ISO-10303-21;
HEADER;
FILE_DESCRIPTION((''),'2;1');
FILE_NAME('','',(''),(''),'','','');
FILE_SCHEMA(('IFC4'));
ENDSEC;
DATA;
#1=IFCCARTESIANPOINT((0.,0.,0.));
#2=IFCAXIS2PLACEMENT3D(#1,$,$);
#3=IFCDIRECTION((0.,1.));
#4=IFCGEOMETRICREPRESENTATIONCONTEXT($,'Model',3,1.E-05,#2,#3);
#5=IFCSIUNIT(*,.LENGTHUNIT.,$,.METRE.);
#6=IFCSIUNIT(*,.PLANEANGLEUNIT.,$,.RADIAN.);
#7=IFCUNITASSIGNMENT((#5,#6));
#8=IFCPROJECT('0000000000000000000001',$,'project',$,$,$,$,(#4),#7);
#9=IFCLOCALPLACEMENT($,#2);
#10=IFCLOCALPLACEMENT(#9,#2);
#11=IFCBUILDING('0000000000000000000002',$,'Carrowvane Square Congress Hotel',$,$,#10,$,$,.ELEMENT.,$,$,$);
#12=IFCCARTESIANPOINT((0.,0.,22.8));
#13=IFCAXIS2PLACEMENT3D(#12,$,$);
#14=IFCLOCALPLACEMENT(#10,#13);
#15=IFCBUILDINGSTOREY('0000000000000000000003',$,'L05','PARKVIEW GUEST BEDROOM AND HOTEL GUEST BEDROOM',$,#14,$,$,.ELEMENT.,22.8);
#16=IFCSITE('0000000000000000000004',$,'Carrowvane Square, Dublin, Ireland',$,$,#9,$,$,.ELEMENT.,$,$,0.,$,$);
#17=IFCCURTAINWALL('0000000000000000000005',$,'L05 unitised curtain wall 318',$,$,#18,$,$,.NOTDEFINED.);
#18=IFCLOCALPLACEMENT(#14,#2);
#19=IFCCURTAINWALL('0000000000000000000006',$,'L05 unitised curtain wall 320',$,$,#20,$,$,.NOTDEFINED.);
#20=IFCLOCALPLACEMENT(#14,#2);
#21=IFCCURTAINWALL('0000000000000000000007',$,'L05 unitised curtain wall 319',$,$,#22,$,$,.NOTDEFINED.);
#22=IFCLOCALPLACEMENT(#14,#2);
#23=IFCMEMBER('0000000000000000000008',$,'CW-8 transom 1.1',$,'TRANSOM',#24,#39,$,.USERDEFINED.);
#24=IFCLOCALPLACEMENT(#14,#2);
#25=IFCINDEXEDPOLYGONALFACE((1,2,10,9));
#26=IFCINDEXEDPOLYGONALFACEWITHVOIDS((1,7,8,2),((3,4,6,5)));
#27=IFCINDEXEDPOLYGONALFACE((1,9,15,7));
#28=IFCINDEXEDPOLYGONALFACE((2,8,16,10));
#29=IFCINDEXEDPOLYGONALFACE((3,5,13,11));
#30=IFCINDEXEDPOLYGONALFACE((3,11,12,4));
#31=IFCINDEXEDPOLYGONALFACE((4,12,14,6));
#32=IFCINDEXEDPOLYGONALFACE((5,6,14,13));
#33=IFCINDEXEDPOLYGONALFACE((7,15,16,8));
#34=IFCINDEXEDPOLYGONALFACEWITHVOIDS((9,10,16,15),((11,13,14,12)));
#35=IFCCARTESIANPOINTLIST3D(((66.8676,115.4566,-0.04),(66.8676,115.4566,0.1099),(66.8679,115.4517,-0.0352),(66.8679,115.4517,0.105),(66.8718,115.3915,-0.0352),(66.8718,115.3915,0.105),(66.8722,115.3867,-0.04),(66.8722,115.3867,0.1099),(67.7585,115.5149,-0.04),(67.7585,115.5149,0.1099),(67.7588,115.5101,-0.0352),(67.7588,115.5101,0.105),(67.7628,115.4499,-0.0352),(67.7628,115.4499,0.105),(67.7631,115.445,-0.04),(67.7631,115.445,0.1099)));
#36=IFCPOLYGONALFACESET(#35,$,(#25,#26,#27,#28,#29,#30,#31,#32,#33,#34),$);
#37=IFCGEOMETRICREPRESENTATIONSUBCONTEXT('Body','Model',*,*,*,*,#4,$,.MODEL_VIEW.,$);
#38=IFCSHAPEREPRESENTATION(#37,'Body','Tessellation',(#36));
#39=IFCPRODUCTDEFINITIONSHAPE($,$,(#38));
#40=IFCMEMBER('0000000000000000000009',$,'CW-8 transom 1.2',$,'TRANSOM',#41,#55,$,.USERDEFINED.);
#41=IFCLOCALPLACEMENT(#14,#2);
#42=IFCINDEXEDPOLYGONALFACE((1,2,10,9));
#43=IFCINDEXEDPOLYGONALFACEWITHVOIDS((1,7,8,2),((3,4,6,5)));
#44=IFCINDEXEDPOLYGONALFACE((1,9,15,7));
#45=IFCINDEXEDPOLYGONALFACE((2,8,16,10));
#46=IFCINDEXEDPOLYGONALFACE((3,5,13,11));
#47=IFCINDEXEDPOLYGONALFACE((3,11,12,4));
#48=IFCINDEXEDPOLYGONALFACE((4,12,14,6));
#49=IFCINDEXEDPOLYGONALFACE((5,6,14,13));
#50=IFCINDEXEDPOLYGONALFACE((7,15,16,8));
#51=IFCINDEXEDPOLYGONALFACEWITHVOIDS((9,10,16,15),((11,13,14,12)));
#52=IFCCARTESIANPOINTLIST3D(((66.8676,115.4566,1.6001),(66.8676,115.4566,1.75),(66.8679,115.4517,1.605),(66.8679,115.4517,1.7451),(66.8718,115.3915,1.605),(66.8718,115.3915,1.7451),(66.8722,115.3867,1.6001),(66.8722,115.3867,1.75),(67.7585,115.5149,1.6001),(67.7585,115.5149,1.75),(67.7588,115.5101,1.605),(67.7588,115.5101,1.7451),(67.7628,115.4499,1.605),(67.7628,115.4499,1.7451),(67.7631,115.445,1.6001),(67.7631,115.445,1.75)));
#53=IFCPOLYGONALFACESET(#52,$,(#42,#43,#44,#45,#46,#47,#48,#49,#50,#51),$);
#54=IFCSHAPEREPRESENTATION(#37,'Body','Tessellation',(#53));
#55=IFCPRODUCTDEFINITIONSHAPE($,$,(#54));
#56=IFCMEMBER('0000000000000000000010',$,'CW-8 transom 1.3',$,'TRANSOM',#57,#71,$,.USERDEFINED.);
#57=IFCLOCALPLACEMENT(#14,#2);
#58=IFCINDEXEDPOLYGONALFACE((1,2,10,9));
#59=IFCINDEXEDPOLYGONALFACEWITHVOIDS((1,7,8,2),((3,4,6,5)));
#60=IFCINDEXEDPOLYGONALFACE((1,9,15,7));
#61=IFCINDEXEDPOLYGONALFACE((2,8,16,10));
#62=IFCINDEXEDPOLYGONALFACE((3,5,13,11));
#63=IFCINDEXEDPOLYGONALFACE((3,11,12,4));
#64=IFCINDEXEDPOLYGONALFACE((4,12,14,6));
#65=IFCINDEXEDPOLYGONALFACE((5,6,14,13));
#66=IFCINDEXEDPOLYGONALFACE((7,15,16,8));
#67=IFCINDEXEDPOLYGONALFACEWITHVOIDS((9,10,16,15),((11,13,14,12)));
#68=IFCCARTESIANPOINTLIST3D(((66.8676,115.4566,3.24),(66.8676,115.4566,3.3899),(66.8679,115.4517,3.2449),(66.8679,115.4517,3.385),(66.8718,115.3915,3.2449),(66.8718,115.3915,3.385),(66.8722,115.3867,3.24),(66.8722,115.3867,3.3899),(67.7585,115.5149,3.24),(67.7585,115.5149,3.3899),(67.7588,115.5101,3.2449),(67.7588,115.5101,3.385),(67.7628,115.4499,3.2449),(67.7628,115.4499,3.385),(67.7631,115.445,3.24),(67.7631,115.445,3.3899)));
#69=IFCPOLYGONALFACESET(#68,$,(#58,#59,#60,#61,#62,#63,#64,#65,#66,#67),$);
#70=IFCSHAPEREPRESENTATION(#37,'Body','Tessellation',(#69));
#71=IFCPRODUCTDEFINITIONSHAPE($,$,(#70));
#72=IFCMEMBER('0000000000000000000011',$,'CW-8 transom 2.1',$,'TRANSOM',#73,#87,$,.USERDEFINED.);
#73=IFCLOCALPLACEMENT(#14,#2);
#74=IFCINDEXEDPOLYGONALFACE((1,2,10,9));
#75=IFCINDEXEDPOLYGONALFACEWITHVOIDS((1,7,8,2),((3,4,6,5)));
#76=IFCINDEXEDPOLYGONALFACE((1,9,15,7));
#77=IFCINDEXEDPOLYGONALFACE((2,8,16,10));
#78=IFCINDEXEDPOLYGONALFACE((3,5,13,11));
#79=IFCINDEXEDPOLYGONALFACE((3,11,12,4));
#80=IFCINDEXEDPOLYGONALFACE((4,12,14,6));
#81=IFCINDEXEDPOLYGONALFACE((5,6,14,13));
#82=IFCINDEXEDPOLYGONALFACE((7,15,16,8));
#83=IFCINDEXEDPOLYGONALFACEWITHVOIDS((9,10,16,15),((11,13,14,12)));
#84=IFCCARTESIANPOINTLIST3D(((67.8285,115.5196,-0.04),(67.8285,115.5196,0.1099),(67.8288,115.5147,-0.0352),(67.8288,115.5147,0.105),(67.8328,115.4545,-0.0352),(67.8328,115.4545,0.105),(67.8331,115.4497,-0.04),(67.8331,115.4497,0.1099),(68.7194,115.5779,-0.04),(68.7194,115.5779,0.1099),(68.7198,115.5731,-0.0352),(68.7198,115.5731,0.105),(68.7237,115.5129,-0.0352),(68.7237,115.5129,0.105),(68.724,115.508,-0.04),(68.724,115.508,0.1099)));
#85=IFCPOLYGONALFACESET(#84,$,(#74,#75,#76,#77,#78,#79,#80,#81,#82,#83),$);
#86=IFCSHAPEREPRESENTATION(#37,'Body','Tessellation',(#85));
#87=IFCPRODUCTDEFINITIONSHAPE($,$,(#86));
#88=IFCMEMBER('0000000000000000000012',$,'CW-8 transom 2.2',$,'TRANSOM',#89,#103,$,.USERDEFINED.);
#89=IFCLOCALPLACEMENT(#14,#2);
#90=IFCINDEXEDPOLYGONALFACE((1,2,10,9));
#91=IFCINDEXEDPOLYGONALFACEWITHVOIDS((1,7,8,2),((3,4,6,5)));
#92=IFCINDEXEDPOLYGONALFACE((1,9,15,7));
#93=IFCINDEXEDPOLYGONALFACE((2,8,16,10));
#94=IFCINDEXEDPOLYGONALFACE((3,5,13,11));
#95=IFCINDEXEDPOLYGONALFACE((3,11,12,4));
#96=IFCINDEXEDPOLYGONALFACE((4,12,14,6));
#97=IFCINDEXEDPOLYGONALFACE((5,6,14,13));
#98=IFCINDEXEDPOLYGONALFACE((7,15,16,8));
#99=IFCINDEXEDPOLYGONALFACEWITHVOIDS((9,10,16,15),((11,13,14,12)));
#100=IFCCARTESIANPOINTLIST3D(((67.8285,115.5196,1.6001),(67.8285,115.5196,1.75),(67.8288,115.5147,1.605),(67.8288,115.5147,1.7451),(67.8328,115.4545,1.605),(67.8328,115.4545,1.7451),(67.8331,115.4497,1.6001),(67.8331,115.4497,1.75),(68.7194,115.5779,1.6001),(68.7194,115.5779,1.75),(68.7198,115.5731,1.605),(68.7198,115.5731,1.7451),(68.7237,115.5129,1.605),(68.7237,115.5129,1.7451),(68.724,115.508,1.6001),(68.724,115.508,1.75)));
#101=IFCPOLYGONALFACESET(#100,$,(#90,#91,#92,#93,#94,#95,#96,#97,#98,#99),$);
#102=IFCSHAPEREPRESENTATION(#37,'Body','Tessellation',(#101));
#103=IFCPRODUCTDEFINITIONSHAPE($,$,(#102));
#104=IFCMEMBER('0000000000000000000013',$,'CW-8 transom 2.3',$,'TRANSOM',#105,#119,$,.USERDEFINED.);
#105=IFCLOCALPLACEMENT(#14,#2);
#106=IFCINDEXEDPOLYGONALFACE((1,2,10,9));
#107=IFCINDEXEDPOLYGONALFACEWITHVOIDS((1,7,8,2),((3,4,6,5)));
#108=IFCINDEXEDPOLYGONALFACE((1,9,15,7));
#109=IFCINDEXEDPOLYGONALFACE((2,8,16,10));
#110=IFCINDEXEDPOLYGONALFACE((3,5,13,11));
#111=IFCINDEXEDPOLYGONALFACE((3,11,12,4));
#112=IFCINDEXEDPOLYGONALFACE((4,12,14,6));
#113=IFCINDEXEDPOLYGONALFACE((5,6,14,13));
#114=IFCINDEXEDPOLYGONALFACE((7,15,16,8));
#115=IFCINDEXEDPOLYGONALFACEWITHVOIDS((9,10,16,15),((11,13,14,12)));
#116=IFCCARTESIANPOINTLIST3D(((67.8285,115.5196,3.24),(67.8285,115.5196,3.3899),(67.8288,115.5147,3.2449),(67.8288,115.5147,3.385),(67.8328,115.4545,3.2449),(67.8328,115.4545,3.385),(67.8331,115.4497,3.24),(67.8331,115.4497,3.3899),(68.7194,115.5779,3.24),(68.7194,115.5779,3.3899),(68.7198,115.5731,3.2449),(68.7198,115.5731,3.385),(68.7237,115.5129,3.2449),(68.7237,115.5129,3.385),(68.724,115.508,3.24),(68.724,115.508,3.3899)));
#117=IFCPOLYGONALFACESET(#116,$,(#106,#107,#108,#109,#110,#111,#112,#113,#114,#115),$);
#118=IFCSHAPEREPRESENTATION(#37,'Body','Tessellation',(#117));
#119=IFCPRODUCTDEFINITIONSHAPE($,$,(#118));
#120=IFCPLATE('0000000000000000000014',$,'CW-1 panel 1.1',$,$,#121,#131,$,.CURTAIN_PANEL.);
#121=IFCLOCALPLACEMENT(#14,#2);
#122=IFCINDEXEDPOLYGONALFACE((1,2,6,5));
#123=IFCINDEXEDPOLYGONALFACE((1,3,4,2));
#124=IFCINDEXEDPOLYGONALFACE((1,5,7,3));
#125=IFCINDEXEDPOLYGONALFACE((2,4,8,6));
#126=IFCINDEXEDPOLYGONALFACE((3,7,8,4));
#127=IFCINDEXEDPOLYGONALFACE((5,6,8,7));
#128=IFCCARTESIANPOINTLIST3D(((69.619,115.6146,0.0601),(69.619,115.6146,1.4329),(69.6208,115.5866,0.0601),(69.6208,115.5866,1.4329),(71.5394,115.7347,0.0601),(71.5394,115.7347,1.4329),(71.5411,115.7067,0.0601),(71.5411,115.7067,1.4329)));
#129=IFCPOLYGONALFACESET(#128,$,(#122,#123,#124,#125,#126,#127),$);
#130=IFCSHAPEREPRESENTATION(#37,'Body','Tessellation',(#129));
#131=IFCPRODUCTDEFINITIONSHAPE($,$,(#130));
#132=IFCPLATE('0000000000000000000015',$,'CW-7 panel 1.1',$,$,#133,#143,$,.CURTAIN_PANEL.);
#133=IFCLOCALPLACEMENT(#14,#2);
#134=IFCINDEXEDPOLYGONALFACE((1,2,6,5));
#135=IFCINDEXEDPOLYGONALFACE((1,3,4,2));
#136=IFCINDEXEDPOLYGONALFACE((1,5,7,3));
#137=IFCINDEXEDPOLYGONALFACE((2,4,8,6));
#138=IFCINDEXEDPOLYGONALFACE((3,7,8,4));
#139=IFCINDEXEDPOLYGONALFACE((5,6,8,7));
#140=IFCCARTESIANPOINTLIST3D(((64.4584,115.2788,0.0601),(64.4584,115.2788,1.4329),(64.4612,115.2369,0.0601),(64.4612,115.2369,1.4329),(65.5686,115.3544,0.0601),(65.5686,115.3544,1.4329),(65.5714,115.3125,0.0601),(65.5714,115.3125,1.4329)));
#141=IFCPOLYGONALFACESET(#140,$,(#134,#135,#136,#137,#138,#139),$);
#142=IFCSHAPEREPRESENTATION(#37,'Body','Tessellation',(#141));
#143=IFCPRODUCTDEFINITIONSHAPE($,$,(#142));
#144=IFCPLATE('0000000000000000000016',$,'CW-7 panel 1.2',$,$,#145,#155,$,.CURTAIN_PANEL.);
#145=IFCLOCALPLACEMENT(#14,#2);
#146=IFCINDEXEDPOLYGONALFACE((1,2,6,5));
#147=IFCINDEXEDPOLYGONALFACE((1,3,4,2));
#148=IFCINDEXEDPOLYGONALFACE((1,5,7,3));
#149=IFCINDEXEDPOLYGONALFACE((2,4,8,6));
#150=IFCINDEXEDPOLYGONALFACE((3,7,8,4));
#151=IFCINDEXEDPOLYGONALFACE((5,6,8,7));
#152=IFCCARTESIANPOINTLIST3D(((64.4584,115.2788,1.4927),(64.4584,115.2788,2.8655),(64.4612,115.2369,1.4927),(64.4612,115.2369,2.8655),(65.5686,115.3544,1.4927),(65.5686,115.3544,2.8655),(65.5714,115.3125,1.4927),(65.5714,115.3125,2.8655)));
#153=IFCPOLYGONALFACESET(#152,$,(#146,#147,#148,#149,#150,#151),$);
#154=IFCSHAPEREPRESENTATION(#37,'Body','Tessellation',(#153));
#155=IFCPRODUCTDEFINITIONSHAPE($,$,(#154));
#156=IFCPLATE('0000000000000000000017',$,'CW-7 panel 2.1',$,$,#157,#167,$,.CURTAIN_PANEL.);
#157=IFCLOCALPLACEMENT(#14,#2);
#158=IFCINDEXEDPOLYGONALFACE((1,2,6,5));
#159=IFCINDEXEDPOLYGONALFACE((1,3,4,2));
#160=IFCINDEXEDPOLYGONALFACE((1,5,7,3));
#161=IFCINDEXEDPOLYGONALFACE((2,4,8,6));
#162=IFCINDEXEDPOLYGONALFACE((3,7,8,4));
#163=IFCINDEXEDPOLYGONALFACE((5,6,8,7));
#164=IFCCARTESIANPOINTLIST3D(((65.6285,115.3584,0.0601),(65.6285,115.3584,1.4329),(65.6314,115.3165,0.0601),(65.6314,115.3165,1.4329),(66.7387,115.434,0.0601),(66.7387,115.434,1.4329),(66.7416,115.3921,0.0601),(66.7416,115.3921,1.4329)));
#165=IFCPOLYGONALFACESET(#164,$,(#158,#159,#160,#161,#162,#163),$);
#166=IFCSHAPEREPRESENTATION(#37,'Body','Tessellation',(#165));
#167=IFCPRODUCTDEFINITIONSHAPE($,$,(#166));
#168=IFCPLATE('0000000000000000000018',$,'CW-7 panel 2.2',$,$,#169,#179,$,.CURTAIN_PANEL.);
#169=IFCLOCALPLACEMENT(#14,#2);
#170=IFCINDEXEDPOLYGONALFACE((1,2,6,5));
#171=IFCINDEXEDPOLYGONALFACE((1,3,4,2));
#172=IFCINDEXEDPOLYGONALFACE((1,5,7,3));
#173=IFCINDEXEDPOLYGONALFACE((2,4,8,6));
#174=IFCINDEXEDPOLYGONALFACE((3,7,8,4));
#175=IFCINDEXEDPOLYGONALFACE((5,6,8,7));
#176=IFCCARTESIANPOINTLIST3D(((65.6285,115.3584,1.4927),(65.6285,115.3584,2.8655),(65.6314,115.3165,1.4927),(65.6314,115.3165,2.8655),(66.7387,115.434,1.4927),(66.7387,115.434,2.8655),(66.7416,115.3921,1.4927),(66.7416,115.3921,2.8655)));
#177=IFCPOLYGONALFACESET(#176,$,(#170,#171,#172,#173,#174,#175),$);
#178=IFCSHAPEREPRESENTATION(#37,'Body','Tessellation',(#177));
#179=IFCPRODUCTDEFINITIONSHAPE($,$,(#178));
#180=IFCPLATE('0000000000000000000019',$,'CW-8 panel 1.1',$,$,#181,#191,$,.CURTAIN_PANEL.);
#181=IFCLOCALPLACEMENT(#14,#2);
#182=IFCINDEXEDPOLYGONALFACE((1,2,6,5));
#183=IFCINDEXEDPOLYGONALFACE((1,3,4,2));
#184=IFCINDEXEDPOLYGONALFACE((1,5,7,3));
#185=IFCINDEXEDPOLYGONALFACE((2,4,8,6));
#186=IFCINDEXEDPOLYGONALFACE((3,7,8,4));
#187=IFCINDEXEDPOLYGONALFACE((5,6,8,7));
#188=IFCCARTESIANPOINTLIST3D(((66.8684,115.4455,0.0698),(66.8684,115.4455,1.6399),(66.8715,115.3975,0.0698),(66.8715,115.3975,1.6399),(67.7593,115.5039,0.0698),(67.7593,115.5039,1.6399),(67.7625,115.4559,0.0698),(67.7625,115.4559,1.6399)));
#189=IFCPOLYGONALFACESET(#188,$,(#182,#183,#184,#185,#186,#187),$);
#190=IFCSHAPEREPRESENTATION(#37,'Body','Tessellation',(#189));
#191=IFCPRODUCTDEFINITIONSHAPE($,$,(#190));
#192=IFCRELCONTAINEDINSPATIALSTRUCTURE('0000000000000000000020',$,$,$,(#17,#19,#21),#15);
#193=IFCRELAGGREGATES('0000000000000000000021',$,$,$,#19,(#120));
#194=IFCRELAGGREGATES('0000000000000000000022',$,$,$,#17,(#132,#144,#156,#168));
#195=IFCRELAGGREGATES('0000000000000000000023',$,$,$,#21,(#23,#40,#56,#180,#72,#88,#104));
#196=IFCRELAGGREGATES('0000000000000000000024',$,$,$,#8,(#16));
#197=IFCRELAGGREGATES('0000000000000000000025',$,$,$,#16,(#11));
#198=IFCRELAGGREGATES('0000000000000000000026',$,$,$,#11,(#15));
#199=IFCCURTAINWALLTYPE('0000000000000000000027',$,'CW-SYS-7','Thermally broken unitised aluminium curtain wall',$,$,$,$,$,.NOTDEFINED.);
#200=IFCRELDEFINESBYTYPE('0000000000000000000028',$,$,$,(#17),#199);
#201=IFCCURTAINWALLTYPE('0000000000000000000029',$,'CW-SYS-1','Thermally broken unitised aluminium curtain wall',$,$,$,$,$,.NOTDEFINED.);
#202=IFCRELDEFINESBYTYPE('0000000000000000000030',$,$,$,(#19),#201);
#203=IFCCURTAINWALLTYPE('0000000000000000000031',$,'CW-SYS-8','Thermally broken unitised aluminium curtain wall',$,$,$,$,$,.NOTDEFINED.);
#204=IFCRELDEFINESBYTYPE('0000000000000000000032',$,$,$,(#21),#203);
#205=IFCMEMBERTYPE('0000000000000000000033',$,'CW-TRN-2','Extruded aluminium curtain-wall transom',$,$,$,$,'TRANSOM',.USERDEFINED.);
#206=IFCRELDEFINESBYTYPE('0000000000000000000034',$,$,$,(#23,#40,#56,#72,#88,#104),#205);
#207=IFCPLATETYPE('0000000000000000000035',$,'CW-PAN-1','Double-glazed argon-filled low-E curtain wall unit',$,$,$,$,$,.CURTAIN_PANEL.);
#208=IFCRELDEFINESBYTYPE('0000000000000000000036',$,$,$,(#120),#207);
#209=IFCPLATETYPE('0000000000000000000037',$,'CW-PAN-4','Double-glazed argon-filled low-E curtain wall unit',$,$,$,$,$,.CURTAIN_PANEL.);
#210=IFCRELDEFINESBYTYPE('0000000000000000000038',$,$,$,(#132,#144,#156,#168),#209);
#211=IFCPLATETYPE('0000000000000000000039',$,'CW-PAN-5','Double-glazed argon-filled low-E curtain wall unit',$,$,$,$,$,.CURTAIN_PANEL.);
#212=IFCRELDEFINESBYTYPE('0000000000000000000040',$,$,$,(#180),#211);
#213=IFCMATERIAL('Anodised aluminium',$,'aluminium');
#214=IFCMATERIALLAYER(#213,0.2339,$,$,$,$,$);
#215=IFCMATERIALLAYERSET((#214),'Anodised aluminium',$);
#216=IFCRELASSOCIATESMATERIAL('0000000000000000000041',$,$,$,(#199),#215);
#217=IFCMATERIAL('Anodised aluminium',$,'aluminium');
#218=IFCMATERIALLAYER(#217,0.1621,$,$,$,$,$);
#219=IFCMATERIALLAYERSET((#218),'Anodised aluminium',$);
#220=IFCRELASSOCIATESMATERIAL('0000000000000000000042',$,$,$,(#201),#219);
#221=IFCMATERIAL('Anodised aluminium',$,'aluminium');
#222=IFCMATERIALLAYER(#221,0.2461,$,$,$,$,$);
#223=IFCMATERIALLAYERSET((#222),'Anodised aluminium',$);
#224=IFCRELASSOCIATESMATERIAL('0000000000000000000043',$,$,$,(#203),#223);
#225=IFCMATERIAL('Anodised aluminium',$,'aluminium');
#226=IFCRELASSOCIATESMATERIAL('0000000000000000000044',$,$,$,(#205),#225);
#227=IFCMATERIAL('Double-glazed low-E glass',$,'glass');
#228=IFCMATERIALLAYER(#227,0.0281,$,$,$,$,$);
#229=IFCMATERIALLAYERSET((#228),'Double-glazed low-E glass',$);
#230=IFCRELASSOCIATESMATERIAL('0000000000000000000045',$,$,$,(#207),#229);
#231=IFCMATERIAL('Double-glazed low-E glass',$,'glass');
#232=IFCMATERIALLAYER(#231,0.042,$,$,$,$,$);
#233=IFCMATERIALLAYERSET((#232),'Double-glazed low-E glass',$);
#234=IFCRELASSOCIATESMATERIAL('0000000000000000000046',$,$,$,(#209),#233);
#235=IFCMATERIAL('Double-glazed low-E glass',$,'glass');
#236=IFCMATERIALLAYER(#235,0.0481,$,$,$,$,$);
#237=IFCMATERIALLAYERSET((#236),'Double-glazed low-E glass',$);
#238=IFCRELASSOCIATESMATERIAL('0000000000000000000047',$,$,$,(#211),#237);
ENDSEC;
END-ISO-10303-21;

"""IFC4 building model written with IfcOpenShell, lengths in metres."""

from ifc_helpers import new_model, si_unit, direction, frame, origin, origin_2d, place, context, subcontext, project, spatial, rectangle, hollow_rectangle, extrude, material, layer, layer_set, material_profile, profile_set, type_object, element, aggregate, save


model = new_model("IFC4")

# Units and contexts
model_context = context("Model", 3, precision=1e-05, world=origin(), true_north=direction((0.0, 1.0)))
body_context = subcontext(model_context, "Body", "Model", "MODEL_VIEW")
ifc_project = project(units=[si_unit("LENGTHUNIT", "METRE"), si_unit("PLANEANGLEUNIT", "RADIAN")], contexts=[model_context])

# Site, building, storey
site_placement = place(None, origin())
site = spatial("IfcSite", under=ifc_project, at=site_placement, Name="Carrowvane Square, Dublin, Ireland", CompositionType="ELEMENT", RefElevation=0.0)
building_placement = place(site_placement, origin())
building = spatial("IfcBuilding", under=site, at=building_placement, Name="Carrowvane Square Congress Hotel", CompositionType="ELEMENT")
storey_placement = place(building_placement, frame((0.0, 0.0, 22.8)))
storey = spatial("IfcBuildingStorey", under=building, at=storey_placement, Name="L05", Description="PARKVIEW GUEST BEDROOM AND HOTEL GUEST BEDROOM", CompositionType="ELEMENT", Elevation=22.8)

# Curtain wall
ifc_material_1 = material(Name="Anodised aluminium", Category="aluminium")
ifc_layer_1 = layer(ifc_material_1, 0.2339)
ifc_layer_set_1 = layer_set([ifc_layer_1], Name="Anodised aluminium")
curtain_wall_type_1 = type_object("IfcCurtainWallType", Name="CW-SYS-7", Description="Thermally broken unitised aluminium curtain wall", PredefinedType="NOTDEFINED", material=ifc_layer_set_1)
curtain_wall_1_placement = place(storey_placement, origin())
curtain_wall_1 = element("IfcCurtainWall", 1, at=curtain_wall_1_placement, inside=storey, type_object=curtain_wall_type_1, Name="L05 unitised curtain wall 318", PredefinedType="NOTDEFINED")

# Curtain wall
ifc_material_2 = material(Name="Anodised aluminium", Category="aluminium")
ifc_layer_2 = layer(ifc_material_2, 0.1621)
ifc_layer_set_2 = layer_set([ifc_layer_2], Name="Anodised aluminium")
curtain_wall_type_2 = type_object("IfcCurtainWallType", Name="CW-SYS-1", Description="Thermally broken unitised aluminium curtain wall", PredefinedType="NOTDEFINED", material=ifc_layer_set_2)
curtain_wall_2_placement = place(storey_placement, origin())
curtain_wall_2 = element("IfcCurtainWall", 2, at=curtain_wall_2_placement, inside=storey, type_object=curtain_wall_type_2, Name="L05 unitised curtain wall 320", PredefinedType="NOTDEFINED")

# Curtain wall
ifc_material_3 = material(Name="Anodised aluminium", Category="aluminium")
ifc_layer_3 = layer(ifc_material_3, 0.2461)
ifc_layer_set_3 = layer_set([ifc_layer_3], Name="Anodised aluminium")
curtain_wall_type_3 = type_object("IfcCurtainWallType", Name="CW-SYS-8", Description="Thermally broken unitised aluminium curtain wall", PredefinedType="NOTDEFINED", material=ifc_layer_set_3)
curtain_wall_3_placement = place(storey_placement, origin())
curtain_wall_3 = element("IfcCurtainWall", 3, at=curtain_wall_3_placement, inside=storey, type_object=curtain_wall_type_3, Name="L05 unitised curtain wall 319", PredefinedType="NOTDEFINED")

# Members
ifc_material_4 = material(Name="Anodised aluminium", Category="aluminium")
ifc_material_profile_1 = material_profile(ifc_material_4, hollow_rectangle(XDim=0.0701, YDim=0.1499, WallThickness=0.0049, at=origin_2d()), Name="CW-TR 70x150x5")
ifc_profile_set_1 = profile_set([ifc_material_profile_1], Name="Anodised aluminium")
member_type_1 = type_object("IfcMemberType", Name="CW-TRN-2", Description="Extruded aluminium curtain-wall transom", ElementType="TRANSOM", PredefinedType="USERDEFINED", material=ifc_profile_set_1)
member_1_placement = place(storey_placement, frame((66.8699, 115.4216, 0.0349), z_axis=(0.997862, 0.065357, 0.0), x_axis=(-0.065357, 0.997862, 0.0)))
member_1 = element("IfcMember", 4, at=member_1_placement, type_object=member_type_1, Name="CW-8 transom 1.1", ObjectType="TRANSOM", PredefinedType="USERDEFINED", context=body_context, shape_type="SweptSolid", body=[
    extrude(hollow_rectangle(XDim=0.0701, YDim=0.1499, WallThickness=0.0049, at=origin_2d()), origin(), (0.0, 0.0, 1.0), 0.8928),
])
member_2_placement = place(storey_placement, frame((66.8699, 115.4216, 1.675), z_axis=(0.997862, 0.065357, 0.0), x_axis=(-0.065357, 0.997862, 0.0)))
member_2 = element("IfcMember", 5, at=member_2_placement, type_object=member_type_1, Name="CW-8 transom 1.2", ObjectType="TRANSOM", PredefinedType="USERDEFINED", context=body_context, shape_type="SweptSolid", body=[
    extrude(hollow_rectangle(XDim=0.0701, YDim=0.1499, WallThickness=0.0049, at=origin_2d()), origin(), (0.0, 0.0, 1.0), 0.8928),
])
member_3_placement = place(storey_placement, frame((66.8699, 115.4216, 3.3149), z_axis=(0.997862, 0.065357, 0.0), x_axis=(-0.065357, 0.997862, 0.0)))
member_3 = element("IfcMember", 6, at=member_3_placement, type_object=member_type_1, Name="CW-8 transom 1.3", ObjectType="TRANSOM", PredefinedType="USERDEFINED", context=body_context, shape_type="SweptSolid", body=[
    extrude(hollow_rectangle(XDim=0.0701, YDim=0.1499, WallThickness=0.0049, at=origin_2d()), origin(), (0.0, 0.0, 1.0), 0.8928),
])
member_4_placement = place(storey_placement, frame((67.8308, 115.4846, 0.0349), z_axis=(0.997862, 0.065357, 0.0), x_axis=(-0.065357, 0.997862, 0.0)))
member_4 = element("IfcMember", 7, at=member_4_placement, type_object=member_type_1, Name="CW-8 transom 2.1", ObjectType="TRANSOM", PredefinedType="USERDEFINED", context=body_context, shape_type="SweptSolid", body=[
    extrude(hollow_rectangle(XDim=0.0701, YDim=0.1499, WallThickness=0.0049, at=origin_2d()), origin(), (0.0, 0.0, 1.0), 0.8928),
])
member_5_placement = place(storey_placement, frame((67.8308, 115.4846, 1.675), z_axis=(0.997862, 0.065357, 0.0), x_axis=(-0.065357, 0.997862, 0.0)))
member_5 = element("IfcMember", 8, at=member_5_placement, type_object=member_type_1, Name="CW-8 transom 2.2", ObjectType="TRANSOM", PredefinedType="USERDEFINED", context=body_context, shape_type="SweptSolid", body=[
    extrude(hollow_rectangle(XDim=0.0701, YDim=0.1499, WallThickness=0.0049, at=origin_2d()), origin(), (0.0, 0.0, 1.0), 0.8928),
])
member_6_placement = place(storey_placement, frame((67.8308, 115.4846, 3.3149), z_axis=(0.997862, 0.065357, 0.0), x_axis=(-0.065357, 0.997862, 0.0)))
member_6 = element("IfcMember", 9, at=member_6_placement, type_object=member_type_1, Name="CW-8 transom 2.3", ObjectType="TRANSOM", PredefinedType="USERDEFINED", context=body_context, shape_type="SweptSolid", body=[
    extrude(hollow_rectangle(XDim=0.0701, YDim=0.1499, WallThickness=0.0049, at=origin_2d()), origin(), (0.0, 0.0, 1.0), 0.8928),
])

# Plates
ifc_material_5 = material(Name="Double-glazed low-E glass", Category="glass")
ifc_layer_4 = layer(ifc_material_5, 0.0281)
ifc_layer_set_4 = layer_set([ifc_layer_4], Name="Double-glazed low-E glass")
plate_type_1 = type_object("IfcPlateType", Name="CW-PAN-1", Description="Double-glazed argon-filled low-E curtain wall unit", PredefinedType="CURTAIN_PANEL", material=ifc_layer_set_4)
plate_1_placement = place(storey_placement, frame((70.5801, 115.6606, 0.0601), z_axis=(0.0, 0.0, 1.0), x_axis=(0.998051, 0.062397, 0.0)))
plate_1 = element("IfcPlate", 10, at=plate_1_placement, type_object=plate_type_1, Name="CW-1 panel 1.1", PredefinedType="CURTAIN_PANEL", context=body_context, shape_type="SweptSolid", body=[
    extrude(rectangle(XDim=1.9241, YDim=0.0281, at=origin_2d()), origin(), (0.0, 0.0, 1.0), 1.3728),
])
aggregate(curtain_wall_2, [plate_1])
ifc_material_6 = material(Name="Double-glazed low-E glass", Category="glass")
ifc_layer_5 = layer(ifc_material_6, 0.042)
ifc_layer_set_5 = layer_set([ifc_layer_5], Name="Double-glazed low-E glass")
plate_type_2 = type_object("IfcPlateType", Name="CW-PAN-4", Description="Double-glazed argon-filled low-E curtain wall unit", PredefinedType="CURTAIN_PANEL", material=ifc_layer_set_5)
plate_2_placement = place(storey_placement, frame((65.0149, 115.2957, 0.0601), z_axis=(0.0, 0.0, 1.0), x_axis=(0.997694, 0.067865, 0.0)))
plate_2 = element("IfcPlate", 11, at=plate_2_placement, type_object=plate_type_2, Name="CW-7 panel 1.1", PredefinedType="CURTAIN_PANEL", context=body_context, shape_type="SweptSolid", body=[
    extrude(rectangle(XDim=1.1128, YDim=0.042, at=origin_2d()), origin(), (0.0, 0.0, 1.0), 1.3728),
])
plate_3_placement = place(storey_placement, frame((65.0149, 115.2957, 1.4927), z_axis=(0.0, 0.0, 1.0), x_axis=(0.997694, 0.067865, 0.0)))
plate_3 = element("IfcPlate", 12, at=plate_3_placement, type_object=plate_type_2, Name="CW-7 panel 1.2", PredefinedType="CURTAIN_PANEL", context=body_context, shape_type="SweptSolid", body=[
    extrude(rectangle(XDim=1.1128, YDim=0.042, at=origin_2d()), origin(), (0.0, 0.0, 1.0), 1.3728),
])
plate_4_placement = place(storey_placement, frame((66.1851, 115.3752, 0.0601), z_axis=(0.0, 0.0, 1.0), x_axis=(0.997694, 0.067865, 0.0)))
plate_4 = element("IfcPlate", 13, at=plate_4_placement, type_object=plate_type_2, Name="CW-7 panel 2.1", PredefinedType="CURTAIN_PANEL", context=body_context, shape_type="SweptSolid", body=[
    extrude(rectangle(XDim=1.1128, YDim=0.042, at=origin_2d()), origin(), (0.0, 0.0, 1.0), 1.3728),
])
plate_5_placement = place(storey_placement, frame((66.1851, 115.3752, 1.4927), z_axis=(0.0, 0.0, 1.0), x_axis=(0.997694, 0.067865, 0.0)))
plate_5 = element("IfcPlate", 14, at=plate_5_placement, type_object=plate_type_2, Name="CW-7 panel 2.2", PredefinedType="CURTAIN_PANEL", context=body_context, shape_type="SweptSolid", body=[
    extrude(rectangle(XDim=1.1128, YDim=0.042, at=origin_2d()), origin(), (0.0, 0.0, 1.0), 1.3728),
])
aggregate(curtain_wall_1, [plate_2, plate_3, plate_4, plate_5])
ifc_material_7 = material(Name="Double-glazed low-E glass", Category="glass")
ifc_layer_6 = layer(ifc_material_7, 0.0481)
ifc_layer_set_6 = layer_set([ifc_layer_6], Name="Double-glazed low-E glass")
plate_type_3 = type_object("IfcPlateType", Name="CW-PAN-5", Description="Double-glazed argon-filled low-E curtain wall unit", PredefinedType="CURTAIN_PANEL", material=ifc_layer_set_6)
plate_6_placement = place(storey_placement, frame((67.3154, 115.4507, 0.0698), z_axis=(0.0, 0.0, 1.0), x_axis=(0.997858, 0.065412, 0.0)))
plate_6 = element("IfcPlate", 15, at=plate_6_placement, type_object=plate_type_3, Name="CW-8 panel 1.1", PredefinedType="CURTAIN_PANEL", context=body_context, shape_type="SweptSolid", body=[
    extrude(rectangle(XDim=0.8928, YDim=0.0481, at=origin_2d()), origin(), (0.0, 0.0, 1.0), 1.5701),
])
aggregate(curtain_wall_3, [member_1, member_2, member_3, plate_6, member_4, member_5, member_6])

save(model, "model.ifc")
